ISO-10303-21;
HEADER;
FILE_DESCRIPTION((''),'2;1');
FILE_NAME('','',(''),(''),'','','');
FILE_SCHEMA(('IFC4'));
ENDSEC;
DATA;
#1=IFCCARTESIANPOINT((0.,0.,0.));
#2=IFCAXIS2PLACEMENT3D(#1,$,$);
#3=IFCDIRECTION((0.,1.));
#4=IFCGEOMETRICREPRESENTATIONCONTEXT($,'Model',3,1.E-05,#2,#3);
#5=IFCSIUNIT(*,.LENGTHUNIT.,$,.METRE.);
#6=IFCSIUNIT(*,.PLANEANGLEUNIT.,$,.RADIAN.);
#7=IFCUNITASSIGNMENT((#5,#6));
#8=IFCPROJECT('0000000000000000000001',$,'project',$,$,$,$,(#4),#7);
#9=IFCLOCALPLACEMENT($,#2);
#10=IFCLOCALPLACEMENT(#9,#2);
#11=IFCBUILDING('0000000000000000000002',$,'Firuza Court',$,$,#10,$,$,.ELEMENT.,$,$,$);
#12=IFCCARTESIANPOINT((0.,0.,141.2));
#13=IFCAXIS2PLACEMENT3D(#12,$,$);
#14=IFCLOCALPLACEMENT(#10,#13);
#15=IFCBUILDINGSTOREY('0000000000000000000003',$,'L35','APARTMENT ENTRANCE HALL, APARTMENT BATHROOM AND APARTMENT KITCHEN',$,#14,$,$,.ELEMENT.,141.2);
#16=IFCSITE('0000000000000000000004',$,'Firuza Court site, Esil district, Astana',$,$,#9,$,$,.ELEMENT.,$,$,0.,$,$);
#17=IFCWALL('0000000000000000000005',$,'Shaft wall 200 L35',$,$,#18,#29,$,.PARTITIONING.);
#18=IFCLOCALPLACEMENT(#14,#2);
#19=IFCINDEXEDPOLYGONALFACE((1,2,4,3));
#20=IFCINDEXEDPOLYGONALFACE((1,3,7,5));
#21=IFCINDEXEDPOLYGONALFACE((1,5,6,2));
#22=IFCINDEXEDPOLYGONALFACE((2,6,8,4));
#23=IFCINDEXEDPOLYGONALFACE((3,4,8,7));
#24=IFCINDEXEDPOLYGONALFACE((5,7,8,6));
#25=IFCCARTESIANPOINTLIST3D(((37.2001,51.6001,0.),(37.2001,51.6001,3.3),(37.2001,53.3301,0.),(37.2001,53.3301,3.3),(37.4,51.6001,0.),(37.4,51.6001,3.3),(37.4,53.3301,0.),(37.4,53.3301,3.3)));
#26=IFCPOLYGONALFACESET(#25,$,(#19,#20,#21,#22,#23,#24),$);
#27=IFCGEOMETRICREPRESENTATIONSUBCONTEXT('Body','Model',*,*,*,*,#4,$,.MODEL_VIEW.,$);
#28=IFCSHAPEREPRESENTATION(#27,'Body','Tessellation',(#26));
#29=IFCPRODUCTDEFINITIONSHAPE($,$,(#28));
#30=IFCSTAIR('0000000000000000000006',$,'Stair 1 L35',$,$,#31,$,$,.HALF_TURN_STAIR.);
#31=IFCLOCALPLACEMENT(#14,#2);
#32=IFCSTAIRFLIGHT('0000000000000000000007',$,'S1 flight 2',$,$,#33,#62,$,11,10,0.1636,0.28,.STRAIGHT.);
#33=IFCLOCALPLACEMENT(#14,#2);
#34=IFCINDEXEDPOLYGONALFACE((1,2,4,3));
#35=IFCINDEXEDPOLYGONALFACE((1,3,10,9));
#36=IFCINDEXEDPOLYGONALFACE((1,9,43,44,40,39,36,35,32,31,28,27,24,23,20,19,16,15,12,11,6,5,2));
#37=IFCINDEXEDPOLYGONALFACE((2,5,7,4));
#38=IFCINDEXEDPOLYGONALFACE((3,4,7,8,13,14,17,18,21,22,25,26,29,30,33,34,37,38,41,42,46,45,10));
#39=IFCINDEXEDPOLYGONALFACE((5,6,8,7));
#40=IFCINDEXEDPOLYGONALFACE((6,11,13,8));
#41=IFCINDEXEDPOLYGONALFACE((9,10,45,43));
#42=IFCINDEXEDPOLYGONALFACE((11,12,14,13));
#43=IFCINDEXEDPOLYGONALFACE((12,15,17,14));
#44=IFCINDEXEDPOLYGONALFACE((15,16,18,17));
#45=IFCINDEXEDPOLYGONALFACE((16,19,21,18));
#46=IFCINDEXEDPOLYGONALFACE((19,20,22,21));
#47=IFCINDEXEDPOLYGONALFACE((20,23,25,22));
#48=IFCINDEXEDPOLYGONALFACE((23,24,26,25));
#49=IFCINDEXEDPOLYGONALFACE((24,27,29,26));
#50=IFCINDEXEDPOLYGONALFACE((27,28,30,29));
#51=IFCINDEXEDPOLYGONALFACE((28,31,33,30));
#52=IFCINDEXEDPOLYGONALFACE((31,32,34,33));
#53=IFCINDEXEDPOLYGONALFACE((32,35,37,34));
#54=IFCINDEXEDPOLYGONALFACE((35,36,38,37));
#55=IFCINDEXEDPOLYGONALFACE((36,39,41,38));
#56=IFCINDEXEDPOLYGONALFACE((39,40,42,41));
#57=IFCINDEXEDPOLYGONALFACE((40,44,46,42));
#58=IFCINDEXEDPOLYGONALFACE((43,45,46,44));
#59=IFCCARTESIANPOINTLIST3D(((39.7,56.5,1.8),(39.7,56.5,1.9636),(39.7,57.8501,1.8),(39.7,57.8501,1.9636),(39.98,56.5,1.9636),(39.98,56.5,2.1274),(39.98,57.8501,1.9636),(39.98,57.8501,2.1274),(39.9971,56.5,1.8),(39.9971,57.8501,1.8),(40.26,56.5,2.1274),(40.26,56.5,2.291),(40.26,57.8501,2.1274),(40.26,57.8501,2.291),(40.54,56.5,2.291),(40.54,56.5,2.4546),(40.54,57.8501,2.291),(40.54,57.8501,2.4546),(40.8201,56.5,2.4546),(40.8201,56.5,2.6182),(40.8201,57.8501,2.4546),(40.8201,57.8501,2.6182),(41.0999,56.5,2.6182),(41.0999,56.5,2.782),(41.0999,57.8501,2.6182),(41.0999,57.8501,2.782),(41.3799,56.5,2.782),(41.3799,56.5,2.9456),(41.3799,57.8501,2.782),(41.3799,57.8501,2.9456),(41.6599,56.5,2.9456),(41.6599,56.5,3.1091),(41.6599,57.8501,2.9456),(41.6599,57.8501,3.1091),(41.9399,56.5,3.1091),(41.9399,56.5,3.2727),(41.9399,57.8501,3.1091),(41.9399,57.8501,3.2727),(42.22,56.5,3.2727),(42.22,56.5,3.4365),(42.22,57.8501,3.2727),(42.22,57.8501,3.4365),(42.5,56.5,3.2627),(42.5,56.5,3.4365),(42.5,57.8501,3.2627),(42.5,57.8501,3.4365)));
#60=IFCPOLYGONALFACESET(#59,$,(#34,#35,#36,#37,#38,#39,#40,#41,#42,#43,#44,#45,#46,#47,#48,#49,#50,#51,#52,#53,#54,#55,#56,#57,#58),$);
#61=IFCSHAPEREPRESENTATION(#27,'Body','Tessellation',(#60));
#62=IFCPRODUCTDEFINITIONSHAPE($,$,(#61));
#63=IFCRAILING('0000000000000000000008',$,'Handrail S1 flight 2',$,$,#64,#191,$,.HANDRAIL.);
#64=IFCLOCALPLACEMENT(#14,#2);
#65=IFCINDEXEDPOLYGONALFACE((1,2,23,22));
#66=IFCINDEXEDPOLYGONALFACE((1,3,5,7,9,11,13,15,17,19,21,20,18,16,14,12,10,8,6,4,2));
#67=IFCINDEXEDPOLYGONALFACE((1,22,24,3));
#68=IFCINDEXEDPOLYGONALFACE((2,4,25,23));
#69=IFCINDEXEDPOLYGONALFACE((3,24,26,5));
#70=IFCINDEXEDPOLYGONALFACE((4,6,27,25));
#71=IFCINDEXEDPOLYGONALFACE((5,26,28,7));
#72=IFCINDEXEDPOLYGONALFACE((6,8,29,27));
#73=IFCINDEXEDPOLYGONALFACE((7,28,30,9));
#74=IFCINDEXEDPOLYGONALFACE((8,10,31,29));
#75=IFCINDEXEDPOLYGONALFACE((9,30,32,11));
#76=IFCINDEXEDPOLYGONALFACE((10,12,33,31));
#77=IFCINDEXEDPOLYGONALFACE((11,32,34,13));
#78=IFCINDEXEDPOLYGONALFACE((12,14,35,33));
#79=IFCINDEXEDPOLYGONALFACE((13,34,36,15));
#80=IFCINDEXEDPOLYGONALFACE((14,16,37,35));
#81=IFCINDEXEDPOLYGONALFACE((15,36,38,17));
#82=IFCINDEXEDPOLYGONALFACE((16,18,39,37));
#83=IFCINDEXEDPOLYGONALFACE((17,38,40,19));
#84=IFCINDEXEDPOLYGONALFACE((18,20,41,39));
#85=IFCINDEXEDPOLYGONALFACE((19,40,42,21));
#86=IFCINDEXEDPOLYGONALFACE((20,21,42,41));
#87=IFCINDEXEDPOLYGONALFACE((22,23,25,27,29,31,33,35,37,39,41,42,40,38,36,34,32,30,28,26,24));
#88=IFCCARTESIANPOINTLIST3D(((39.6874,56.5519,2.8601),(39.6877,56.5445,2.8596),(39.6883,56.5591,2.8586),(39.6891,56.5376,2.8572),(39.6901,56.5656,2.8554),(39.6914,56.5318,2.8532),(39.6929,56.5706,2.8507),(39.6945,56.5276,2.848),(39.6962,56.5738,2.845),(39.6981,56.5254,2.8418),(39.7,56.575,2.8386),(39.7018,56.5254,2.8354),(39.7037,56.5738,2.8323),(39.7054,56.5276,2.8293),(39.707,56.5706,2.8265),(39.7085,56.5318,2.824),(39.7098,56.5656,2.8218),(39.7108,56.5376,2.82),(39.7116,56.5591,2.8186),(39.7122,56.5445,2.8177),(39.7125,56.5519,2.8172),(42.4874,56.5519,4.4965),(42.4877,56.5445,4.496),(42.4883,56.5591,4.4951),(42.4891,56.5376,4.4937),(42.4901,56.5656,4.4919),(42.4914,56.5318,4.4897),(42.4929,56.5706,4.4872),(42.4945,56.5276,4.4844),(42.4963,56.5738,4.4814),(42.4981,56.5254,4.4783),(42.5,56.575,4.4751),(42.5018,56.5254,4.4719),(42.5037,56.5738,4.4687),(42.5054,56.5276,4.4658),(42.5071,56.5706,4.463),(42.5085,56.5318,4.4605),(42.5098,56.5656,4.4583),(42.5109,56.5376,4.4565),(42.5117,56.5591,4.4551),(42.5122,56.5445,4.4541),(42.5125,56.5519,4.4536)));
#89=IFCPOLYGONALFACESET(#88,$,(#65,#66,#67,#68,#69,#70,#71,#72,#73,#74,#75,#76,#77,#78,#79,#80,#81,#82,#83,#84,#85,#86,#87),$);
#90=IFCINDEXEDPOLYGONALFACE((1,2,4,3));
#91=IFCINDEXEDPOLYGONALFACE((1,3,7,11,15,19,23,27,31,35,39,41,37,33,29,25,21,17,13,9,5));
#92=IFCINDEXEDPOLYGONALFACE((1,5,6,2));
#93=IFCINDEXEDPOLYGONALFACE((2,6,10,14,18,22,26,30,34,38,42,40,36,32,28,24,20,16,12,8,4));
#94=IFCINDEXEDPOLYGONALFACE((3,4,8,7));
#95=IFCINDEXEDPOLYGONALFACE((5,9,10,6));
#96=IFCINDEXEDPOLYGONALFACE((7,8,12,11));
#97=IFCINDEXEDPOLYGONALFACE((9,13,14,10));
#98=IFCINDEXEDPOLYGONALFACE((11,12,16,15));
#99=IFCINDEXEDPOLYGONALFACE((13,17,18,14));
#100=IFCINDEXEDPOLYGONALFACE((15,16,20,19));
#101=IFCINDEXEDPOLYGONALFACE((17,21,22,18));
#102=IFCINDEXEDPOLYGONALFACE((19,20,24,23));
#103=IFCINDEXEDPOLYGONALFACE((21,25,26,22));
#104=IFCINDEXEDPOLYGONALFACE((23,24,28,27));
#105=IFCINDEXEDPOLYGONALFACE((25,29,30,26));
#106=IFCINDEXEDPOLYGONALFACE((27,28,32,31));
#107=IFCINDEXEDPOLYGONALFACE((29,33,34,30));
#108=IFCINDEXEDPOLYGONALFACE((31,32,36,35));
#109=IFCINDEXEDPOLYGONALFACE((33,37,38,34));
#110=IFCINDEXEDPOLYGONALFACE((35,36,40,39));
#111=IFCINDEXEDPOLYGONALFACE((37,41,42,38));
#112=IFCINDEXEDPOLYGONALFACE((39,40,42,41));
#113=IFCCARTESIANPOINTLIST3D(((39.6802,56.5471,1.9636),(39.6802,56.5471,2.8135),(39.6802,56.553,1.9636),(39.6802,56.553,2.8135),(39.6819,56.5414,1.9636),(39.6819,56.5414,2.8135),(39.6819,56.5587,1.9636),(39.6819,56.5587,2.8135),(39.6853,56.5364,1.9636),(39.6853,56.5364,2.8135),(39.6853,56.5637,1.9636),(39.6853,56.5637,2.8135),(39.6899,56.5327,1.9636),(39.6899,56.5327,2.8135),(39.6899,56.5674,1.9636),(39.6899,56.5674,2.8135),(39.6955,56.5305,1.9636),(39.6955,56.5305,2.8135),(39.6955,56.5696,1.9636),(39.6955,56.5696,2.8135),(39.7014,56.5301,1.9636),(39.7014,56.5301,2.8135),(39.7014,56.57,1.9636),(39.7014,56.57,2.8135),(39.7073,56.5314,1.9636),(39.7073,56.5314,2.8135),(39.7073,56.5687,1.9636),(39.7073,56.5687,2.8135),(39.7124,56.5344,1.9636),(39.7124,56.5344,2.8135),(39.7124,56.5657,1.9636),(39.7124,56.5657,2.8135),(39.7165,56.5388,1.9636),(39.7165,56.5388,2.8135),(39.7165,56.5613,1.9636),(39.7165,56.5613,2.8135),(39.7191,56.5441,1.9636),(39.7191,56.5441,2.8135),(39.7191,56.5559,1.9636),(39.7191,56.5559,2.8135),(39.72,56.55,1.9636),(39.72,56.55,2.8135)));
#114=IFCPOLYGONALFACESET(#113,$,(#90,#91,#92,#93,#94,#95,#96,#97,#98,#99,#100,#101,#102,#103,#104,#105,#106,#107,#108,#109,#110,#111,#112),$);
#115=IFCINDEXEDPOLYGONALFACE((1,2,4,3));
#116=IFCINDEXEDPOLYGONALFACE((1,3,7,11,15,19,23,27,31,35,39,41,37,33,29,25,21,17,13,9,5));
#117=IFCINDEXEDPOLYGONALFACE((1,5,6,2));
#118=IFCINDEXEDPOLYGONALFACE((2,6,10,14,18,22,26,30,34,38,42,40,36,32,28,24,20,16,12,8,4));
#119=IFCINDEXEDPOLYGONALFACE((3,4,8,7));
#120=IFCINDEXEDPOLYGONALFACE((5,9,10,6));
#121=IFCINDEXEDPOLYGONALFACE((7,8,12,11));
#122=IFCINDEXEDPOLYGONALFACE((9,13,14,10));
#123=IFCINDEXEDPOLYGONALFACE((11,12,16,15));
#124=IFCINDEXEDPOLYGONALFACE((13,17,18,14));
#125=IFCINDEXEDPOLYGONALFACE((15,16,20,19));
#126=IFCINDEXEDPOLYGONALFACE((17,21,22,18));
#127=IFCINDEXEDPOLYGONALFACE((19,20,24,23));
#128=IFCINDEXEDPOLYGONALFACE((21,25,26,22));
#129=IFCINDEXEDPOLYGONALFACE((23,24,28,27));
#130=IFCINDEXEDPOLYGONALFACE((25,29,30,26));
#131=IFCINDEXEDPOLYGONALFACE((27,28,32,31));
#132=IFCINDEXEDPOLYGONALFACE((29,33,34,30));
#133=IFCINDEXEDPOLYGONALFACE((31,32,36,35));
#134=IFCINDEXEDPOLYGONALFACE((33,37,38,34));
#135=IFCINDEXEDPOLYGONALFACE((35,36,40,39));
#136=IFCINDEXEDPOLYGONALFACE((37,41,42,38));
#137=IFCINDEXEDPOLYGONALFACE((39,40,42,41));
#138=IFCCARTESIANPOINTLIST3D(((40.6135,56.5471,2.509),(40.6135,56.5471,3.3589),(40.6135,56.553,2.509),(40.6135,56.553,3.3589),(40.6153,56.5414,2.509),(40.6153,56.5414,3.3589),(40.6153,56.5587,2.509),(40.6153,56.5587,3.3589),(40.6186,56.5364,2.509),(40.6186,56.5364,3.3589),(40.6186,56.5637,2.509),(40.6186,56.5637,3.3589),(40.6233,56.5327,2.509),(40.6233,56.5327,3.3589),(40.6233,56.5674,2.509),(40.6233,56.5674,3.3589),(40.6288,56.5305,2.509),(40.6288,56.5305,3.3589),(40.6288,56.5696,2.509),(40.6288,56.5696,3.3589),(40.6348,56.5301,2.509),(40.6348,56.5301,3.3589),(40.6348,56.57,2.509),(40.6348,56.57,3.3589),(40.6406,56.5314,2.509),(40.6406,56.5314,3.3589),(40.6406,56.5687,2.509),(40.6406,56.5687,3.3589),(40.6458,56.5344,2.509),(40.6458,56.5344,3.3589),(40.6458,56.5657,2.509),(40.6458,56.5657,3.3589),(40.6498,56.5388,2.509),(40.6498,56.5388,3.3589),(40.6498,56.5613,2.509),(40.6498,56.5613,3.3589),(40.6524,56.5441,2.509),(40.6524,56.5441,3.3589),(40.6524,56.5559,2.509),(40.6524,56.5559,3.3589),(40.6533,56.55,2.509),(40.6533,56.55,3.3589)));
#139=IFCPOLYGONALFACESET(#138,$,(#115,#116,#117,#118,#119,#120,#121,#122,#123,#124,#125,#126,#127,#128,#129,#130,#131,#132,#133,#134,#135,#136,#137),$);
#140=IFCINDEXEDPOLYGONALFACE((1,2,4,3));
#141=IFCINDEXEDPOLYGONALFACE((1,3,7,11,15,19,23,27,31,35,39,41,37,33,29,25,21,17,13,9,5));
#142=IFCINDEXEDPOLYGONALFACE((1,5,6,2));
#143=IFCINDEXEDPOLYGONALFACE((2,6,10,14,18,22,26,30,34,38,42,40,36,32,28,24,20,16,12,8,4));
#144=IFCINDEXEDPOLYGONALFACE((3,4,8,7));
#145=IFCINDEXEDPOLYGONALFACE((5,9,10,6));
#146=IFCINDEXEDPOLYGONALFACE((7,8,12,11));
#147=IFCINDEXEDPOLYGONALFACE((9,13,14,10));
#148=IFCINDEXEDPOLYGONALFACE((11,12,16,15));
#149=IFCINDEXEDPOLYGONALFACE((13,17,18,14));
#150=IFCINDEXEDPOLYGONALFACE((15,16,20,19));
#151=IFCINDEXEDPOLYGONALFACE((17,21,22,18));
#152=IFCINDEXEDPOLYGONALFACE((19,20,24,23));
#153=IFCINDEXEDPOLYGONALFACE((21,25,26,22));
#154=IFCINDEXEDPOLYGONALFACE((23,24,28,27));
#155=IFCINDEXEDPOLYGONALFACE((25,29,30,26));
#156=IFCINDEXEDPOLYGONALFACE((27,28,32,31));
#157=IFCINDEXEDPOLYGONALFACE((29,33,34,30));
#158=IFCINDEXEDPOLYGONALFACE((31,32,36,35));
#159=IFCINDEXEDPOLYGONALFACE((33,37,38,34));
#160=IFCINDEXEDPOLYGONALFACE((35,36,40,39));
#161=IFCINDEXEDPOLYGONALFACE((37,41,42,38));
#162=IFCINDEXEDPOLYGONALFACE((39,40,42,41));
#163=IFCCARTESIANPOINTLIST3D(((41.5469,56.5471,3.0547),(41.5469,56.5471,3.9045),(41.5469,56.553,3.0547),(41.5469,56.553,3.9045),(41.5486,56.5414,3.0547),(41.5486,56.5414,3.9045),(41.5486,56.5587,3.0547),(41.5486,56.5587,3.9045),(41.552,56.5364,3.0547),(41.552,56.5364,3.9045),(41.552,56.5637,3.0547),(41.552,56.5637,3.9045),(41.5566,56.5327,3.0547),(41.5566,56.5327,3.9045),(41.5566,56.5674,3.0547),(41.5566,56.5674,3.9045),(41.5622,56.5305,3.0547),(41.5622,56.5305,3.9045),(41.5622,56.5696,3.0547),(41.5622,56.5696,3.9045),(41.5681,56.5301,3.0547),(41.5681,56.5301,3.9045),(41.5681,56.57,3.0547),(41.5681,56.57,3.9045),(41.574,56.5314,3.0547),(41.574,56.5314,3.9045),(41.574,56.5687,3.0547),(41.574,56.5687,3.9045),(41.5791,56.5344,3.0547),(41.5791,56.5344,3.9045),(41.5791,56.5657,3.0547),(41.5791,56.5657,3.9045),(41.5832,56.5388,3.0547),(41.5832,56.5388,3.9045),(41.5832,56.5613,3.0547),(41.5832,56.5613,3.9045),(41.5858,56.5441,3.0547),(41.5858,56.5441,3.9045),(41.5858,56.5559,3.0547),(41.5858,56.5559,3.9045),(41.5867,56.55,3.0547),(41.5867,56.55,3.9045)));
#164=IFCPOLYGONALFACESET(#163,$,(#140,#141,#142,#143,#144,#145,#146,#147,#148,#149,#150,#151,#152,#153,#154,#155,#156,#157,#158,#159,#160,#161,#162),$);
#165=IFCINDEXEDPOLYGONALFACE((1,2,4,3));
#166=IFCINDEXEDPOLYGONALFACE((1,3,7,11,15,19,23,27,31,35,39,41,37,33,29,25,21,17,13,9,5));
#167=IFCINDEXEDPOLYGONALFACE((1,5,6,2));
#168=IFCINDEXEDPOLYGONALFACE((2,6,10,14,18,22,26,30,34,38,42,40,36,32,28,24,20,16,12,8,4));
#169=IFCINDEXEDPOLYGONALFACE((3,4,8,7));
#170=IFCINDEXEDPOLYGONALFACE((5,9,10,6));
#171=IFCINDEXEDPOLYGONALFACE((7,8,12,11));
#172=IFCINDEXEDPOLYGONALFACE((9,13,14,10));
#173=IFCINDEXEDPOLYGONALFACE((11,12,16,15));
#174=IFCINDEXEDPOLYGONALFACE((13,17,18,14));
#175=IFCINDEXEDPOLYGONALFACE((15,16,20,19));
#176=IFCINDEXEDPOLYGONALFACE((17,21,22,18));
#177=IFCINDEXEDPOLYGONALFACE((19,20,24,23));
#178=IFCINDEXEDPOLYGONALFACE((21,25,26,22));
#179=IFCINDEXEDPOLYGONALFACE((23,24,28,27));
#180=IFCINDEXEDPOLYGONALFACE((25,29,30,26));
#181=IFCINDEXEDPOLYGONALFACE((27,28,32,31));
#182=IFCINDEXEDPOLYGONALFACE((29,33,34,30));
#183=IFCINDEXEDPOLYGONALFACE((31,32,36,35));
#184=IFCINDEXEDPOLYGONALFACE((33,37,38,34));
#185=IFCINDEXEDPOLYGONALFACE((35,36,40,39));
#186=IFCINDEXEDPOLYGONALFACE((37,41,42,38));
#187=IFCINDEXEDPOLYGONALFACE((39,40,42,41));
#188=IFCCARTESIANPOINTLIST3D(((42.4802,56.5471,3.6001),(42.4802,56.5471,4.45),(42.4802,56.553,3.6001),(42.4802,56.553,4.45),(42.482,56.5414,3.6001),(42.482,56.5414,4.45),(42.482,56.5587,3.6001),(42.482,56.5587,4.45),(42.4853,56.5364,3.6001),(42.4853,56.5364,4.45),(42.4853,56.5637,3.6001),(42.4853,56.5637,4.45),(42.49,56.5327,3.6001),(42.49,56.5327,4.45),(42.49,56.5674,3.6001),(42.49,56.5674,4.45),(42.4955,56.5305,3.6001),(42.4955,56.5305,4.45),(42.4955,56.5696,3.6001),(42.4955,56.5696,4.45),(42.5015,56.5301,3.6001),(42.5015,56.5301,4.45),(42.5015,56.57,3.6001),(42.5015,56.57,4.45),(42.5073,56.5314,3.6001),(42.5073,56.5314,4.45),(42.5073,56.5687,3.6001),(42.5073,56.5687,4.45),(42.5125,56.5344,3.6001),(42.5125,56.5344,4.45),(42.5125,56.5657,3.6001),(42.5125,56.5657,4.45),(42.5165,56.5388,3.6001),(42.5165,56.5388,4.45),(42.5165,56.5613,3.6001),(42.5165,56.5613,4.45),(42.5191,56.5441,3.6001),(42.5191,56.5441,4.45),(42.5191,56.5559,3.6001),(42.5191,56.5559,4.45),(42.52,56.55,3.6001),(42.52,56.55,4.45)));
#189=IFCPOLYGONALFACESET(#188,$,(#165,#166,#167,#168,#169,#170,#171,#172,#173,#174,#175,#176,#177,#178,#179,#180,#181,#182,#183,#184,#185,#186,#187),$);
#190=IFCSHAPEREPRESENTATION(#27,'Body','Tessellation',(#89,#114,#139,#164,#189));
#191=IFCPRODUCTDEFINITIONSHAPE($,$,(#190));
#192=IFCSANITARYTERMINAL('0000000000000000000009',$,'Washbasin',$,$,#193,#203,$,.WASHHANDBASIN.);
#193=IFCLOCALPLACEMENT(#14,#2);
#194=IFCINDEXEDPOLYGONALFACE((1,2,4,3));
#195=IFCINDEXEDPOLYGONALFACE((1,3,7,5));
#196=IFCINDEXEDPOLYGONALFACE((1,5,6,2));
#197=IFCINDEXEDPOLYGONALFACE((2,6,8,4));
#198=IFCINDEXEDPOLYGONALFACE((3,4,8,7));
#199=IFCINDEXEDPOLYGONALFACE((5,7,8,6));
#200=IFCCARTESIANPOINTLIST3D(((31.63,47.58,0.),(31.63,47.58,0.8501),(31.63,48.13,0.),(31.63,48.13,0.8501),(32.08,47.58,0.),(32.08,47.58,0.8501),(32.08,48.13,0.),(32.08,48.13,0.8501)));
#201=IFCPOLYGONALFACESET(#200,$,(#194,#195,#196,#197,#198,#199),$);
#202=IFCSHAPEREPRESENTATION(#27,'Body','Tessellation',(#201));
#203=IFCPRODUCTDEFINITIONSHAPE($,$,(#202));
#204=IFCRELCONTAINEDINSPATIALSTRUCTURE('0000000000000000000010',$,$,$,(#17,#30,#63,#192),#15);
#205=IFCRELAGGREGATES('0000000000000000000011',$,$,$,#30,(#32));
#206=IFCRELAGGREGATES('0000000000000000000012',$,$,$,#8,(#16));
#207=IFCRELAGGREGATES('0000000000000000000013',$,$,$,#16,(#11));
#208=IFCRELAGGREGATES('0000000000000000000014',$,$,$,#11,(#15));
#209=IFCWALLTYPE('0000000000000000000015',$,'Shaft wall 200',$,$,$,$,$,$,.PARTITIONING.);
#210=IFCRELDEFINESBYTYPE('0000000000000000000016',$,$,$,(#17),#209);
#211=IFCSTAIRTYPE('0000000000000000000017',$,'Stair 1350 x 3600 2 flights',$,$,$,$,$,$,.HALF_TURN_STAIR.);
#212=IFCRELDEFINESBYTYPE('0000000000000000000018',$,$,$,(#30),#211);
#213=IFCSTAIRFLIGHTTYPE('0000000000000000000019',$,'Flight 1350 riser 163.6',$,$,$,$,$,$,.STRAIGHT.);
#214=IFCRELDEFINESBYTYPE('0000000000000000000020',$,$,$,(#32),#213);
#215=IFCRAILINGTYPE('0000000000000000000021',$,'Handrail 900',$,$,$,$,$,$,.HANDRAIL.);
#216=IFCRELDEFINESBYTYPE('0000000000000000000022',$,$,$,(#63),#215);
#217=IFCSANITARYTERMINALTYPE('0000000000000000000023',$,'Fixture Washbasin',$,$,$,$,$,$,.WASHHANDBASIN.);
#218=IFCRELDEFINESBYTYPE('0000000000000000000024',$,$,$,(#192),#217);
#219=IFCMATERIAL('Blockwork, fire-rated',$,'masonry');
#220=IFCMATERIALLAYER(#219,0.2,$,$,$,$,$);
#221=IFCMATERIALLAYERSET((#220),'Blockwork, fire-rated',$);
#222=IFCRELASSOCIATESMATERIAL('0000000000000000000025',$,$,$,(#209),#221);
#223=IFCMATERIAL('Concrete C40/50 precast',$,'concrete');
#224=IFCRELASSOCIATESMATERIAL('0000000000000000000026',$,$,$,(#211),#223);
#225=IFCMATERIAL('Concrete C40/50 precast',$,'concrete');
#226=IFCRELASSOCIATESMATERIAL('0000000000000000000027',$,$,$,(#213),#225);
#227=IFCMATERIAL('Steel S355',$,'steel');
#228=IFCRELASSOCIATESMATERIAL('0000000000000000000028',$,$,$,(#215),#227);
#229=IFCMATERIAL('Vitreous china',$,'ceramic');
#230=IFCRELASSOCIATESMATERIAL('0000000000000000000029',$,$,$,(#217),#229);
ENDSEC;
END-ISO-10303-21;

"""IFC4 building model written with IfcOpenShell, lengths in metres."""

from ifc_helpers import new_model, si_unit, direction, frame, frame_2d, origin, origin_2d, place, context, subcontext, project, spatial, polyline, rectangle, circle, outline, extrude, material, layer, layer_set, type_object, element, aggregate, save


model = new_model("IFC4")

# Units and contexts
model_context = context("Model", 3, precision=1e-05, world=origin(), true_north=direction((0.0, 1.0)))
body_context = subcontext(model_context, "Body", "Model", "MODEL_VIEW")
ifc_project = project(units=[si_unit("LENGTHUNIT", "METRE"), si_unit("PLANEANGLEUNIT", "RADIAN")], contexts=[model_context])

# Site, building, storey
site_placement = place(None, origin())
site = spatial("IfcSite", under=ifc_project, at=site_placement, Name="Firuza Court site, Esil district, Astana", CompositionType="ELEMENT", RefElevation=0.0)
building_placement = place(site_placement, origin())
building = spatial("IfcBuilding", under=site, at=building_placement, Name="Firuza Court", CompositionType="ELEMENT")
storey_placement = place(building_placement, frame((0.0, 0.0, 141.2)))
storey = spatial("IfcBuildingStorey", under=building, at=storey_placement, Name="L35", Description="APARTMENT ENTRANCE HALL, APARTMENT BATHROOM AND APARTMENT KITCHEN", CompositionType="ELEMENT", Elevation=141.2)

# Shared definitions
ifc_material_1 = material(Name="Blockwork, fire-rated", Category="masonry")

# Shared definitions
ifc_layer_1 = layer(ifc_material_1, 0.2)
ifc_layer_set_1 = layer_set([ifc_layer_1], Name="Blockwork, fire-rated")
wall_type_1 = type_object("IfcWallType", Name="Shaft wall 200", PredefinedType="PARTITIONING", material=ifc_layer_set_1)

# Wall
wall_1_placement = place(storey_placement, frame((37.3, 51.6001, 0.0), z_axis=(0.0, 0.0, 1.0), x_axis=(0.0, 1.0, 0.0)))
element("IfcWall", 1, at=wall_1_placement, inside=storey, type_object=wall_type_1, Name="Shaft wall 200 L35", PredefinedType="PARTITIONING", context=body_context, shape_type="SweptSolid", body=[
    extrude(rectangle(XDim=1.73, YDim=0.2, at=frame_2d((0.865, 0.0))), origin(), (0.0, 0.0, 1.0), 3.3),
])

# Stair, stair flight
ifc_material_2 = material(Name="Concrete C40/50 precast", Category="concrete")
stair_type = type_object("IfcStairType", Name="Stair 1350 x 3600 2 flights", PredefinedType="HALF_TURN_STAIR", material=ifc_material_2)
stair_placement = place(storey_placement, origin())
stair = element("IfcStair", 2, at=stair_placement, inside=storey, type_object=stair_type, Name="Stair 1 L35", PredefinedType="HALF_TURN_STAIR")
ifc_material_3 = material(Name="Concrete C40/50 precast", Category="concrete")
stair_flight_type = type_object("IfcStairFlightType", Name="Flight 1350 riser 163.6", PredefinedType="STRAIGHT", material=ifc_material_3)
stair_flight_placement = place(storey_placement, frame((39.7, 57.175, 1.8), z_axis=(0.0, 0.0, 1.0), x_axis=(1.0, 0.0, 0.0)))
stair_flight = element("IfcStairFlight", 3, at=stair_flight_placement, type_object=stair_flight_type, Name="S1 flight 2", NumberOfRisers=11, NumberOfTreads=10, PredefinedType="STRAIGHT", RiserHeight=0.1636, TreadLength=0.28, context=body_context, shape_type="SweptSolid", body=[
    extrude(outline(polyline([(0.0, 0.0), (0.0, 0.1636), (0.28, 0.1636), (0.28, 0.3274), (0.5601, 0.3274), (0.5601, 0.491), (0.8401, 0.491), (0.8401, 0.6545), (1.1201, 0.6545), (1.1201, 0.8181), (1.3999, 0.8181), (1.3999, 0.9819), (1.6799, 0.9819), (1.6799, 1.1455), (1.96, 1.1455), (1.96, 1.3091), (2.24, 1.3091), (2.24, 1.4727), (2.52, 1.4727), (2.52, 1.6365), (2.8, 1.6365), (2.8, 1.8), (2.8, 1.4626), (0.2971, 0.0), (0.0, 0.0)])), frame((0.0, 0.675, 0.0), z_axis=(0.0, -1.0, 0.0), x_axis=(1.0, 0.0, 0.0)), (0.0, 0.0, 1.0), 1.3501),
])
aggregate(stair, [stair_flight])

# Railing
ifc_material_4 = material(Name="Steel S355", Category="steel")
railing_type = type_object("IfcRailingType", Name="Handrail 900", PredefinedType="HANDRAIL", material=ifc_material_4)
railing_placement = place(storey_placement, frame((39.7, 56.55, 1.9636)))
element("IfcRailing", 4, at=railing_placement, inside=storey, type_object=railing_type, Name="Handrail S1 flight 2", PredefinedType="HANDRAIL", context=body_context, shape_type="SweptSolid", body=[
    extrude(circle(Radius=0.0249, at=origin_2d()), frame((0.0, 0.0, 0.875), z_axis=(0.863361, 0.0, 0.504587), x_axis=(0.0, 1.0, 0.0)), (0.0, 0.0, 1.0), 3.2432),
    extrude(circle(Radius=0.02, at=origin_2d()), origin(), (0.0, 0.0, 1.0), 0.8499),
    extrude(circle(Radius=0.02, at=origin_2d()), frame((0.9333, 0.0, 0.5454)), (0.0, 0.0, 1.0), 0.8499),
    extrude(circle(Radius=0.02, at=origin_2d()), frame((1.8667, 0.0, 1.0911)), (0.0, 0.0, 1.0), 0.8499),
    extrude(circle(Radius=0.02, at=origin_2d()), frame((2.8, 0.0, 1.6365)), (0.0, 0.0, 1.0), 0.8499),
])

# Sanitary terminal
ifc_material_5 = material(Name="Vitreous china", Category="ceramic")
sanitary_terminal_type = type_object("IfcSanitaryTerminalType", Name="Fixture Washbasin", PredefinedType="WASHHANDBASIN", material=ifc_material_5)
sanitary_terminal_placement = place(storey_placement, frame((31.855, 47.855, 0.0), z_axis=(0.0, 0.0, 1.0), x_axis=(1.0, 0.0, 0.0)))
element("IfcSanitaryTerminal", 5, at=sanitary_terminal_placement, inside=storey, type_object=sanitary_terminal_type, Name="Washbasin", PredefinedType="WASHHANDBASIN", context=body_context, shape_type="SweptSolid", body=[
    extrude(rectangle(XDim=0.45, YDim=0.55, at=origin_2d()), origin(), (0.0, 0.0, 1.0), 0.8501),
])

save(model, "model.ifc")
